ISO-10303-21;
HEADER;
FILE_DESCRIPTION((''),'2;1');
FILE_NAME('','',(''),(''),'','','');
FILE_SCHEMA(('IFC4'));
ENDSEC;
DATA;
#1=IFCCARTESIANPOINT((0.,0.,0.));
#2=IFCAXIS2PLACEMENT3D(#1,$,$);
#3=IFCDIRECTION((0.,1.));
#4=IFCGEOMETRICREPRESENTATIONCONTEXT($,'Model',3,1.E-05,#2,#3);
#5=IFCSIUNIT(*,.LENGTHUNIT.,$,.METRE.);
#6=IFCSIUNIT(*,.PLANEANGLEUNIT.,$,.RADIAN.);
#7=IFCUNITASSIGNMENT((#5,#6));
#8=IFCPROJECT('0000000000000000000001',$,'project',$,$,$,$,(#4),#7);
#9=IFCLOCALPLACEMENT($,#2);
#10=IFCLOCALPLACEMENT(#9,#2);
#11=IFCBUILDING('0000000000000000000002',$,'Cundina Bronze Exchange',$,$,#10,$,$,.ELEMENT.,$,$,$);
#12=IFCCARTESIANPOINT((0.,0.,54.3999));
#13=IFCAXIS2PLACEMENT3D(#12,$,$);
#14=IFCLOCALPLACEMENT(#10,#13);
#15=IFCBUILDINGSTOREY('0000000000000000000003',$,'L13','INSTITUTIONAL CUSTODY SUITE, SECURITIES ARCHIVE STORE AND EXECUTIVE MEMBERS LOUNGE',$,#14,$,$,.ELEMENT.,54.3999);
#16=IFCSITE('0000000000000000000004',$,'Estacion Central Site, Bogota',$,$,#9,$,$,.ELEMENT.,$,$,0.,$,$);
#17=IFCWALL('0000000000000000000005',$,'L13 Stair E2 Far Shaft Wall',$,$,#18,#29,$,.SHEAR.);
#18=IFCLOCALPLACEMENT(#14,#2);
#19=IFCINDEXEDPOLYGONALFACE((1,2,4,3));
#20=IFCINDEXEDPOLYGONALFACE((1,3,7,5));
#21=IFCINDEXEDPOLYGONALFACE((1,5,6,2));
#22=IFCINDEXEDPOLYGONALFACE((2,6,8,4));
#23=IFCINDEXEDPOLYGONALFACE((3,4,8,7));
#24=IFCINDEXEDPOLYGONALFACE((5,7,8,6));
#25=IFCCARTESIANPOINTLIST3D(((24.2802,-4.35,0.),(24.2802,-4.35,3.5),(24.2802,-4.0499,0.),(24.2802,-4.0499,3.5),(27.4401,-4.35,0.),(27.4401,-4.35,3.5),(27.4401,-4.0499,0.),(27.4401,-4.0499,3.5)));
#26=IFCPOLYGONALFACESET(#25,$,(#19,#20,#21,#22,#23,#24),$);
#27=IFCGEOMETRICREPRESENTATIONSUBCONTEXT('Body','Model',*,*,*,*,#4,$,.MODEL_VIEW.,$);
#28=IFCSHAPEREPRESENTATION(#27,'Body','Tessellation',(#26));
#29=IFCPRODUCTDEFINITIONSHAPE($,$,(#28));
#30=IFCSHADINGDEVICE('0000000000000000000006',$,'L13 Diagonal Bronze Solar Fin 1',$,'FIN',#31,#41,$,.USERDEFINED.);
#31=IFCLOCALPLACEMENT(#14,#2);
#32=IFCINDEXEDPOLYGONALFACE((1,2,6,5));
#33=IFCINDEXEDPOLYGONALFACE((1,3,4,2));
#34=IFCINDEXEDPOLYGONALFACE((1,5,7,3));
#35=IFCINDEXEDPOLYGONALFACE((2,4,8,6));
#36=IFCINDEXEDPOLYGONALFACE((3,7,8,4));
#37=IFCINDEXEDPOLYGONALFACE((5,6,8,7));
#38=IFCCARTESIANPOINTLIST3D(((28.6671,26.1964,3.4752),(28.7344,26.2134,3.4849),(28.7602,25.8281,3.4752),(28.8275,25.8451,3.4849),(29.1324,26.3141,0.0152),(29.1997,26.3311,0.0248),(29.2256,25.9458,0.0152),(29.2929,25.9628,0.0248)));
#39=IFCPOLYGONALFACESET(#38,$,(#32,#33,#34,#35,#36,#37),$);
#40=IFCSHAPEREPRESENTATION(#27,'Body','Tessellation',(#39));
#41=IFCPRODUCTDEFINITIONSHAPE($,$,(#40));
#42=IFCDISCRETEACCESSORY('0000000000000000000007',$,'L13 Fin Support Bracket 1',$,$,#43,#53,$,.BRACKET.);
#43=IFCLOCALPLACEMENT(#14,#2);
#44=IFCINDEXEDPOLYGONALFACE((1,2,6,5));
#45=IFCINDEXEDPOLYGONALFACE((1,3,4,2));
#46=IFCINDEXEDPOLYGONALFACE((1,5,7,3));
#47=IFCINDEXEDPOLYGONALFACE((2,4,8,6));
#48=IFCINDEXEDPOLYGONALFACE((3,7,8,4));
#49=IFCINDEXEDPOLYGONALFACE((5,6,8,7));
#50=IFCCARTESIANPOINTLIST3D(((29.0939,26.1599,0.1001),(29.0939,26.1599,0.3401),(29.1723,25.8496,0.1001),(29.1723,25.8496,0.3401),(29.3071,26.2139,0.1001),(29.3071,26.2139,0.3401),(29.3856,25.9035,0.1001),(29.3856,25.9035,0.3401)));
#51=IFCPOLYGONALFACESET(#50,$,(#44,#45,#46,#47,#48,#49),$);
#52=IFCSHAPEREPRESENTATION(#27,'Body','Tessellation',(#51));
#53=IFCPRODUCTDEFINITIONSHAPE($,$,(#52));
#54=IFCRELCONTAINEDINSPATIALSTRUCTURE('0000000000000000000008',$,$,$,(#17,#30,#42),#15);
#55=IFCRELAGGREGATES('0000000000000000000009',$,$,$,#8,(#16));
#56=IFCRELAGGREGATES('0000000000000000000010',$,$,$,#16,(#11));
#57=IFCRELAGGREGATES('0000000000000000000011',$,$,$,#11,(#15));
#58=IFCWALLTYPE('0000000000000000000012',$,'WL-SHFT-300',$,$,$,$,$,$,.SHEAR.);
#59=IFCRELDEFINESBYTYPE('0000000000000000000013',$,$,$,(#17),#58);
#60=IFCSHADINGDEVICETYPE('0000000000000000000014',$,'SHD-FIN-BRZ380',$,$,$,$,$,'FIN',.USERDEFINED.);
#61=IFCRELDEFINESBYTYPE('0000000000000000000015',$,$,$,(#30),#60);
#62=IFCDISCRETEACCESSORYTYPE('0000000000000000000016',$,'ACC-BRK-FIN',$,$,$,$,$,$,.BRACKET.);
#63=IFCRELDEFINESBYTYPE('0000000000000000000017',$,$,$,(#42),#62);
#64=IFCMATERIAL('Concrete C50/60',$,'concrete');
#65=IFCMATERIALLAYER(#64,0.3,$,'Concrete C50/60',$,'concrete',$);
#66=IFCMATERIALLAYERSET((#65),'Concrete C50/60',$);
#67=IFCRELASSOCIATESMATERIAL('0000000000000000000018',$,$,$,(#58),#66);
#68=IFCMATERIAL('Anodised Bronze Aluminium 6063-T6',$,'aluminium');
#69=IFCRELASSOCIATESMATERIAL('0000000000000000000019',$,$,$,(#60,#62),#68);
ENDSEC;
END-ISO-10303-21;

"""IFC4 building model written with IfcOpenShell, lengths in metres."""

from ifc_helpers import new_model, si_unit, direction, frame, frame_2d, origin, origin_2d, place, context, subcontext, project, spatial, rectangle, extrude, material, layer, layer_set, material_profile, profile_set, type_object, element, save


model = new_model("IFC4")

# Units and contexts
model_context = context("Model", 3, precision=1e-05, world=origin(), true_north=direction((0.0, 1.0)))
body_context = subcontext(model_context, "Body", "Model", "MODEL_VIEW")
ifc_project = project(units=[si_unit("LENGTHUNIT", "METRE"), si_unit("PLANEANGLEUNIT", "RADIAN")], contexts=[model_context])

# Site, building, storey
site_placement = place(None, origin())
site = spatial("IfcSite", under=ifc_project, at=site_placement, Name="Estacion Central Site, Bogota", CompositionType="ELEMENT", RefElevation=0.0)
building_placement = place(site_placement, origin())
building = spatial("IfcBuilding", under=site, at=building_placement, Name="Cundina Bronze Exchange", CompositionType="ELEMENT")
storey_placement = place(building_placement, frame((0.0, 0.0, 54.3999)))
storey = spatial("IfcBuildingStorey", under=building, at=storey_placement, Name="L13", Description="INSTITUTIONAL CUSTODY SUITE, SECURITIES ARCHIVE STORE AND EXECUTIVE MEMBERS LOUNGE", CompositionType="ELEMENT", Elevation=54.3999)

# Shared definitions
ifc_material_1 = material(Name="Anodised Bronze Aluminium 6063-T6", Category="aluminium")

# Shared definitions
ifc_material_2 = material(Name="Concrete C50/60", Category="concrete")
ifc_layer_1 = layer(ifc_material_2, 0.3, Name="Concrete C50/60", Category="concrete")
ifc_layer_set_1 = layer_set([ifc_layer_1], Name="Concrete C50/60")
wall_type_1 = type_object("IfcWallType", Name="WL-SHFT-300", PredefinedType="SHEAR", material=ifc_layer_set_1)

# Wall
wall_1_placement = place(storey_placement, frame((24.28, -4.2, 0.0), z_axis=(0.0, 0.0, 1.0), x_axis=(1.0, 0.0, 0.0)))
element("IfcWall", 1, at=wall_1_placement, inside=storey, type_object=wall_type_1, Name="L13 Stair E2 Far Shaft Wall", PredefinedType="SHEAR", context=body_context, shape_type="SweptSolid", body=[
    extrude(rectangle(XDim=3.1599, YDim=0.3, at=frame_2d((1.5801, 0.0))), origin(), (0.0, 0.0, 1.0), 3.5),
])

# Shading device
ifc_material_profile_1 = material_profile(ifc_material_1, rectangle(XDim=0.0701, YDim=0.3799, at=origin_2d()), Name="FIN70X380", Category="aluminium")
ifc_profile_set_1 = profile_set([ifc_material_profile_1], Name="Anodised Bronze Aluminium 6063-T6")
shading_device_type = type_object("IfcShadingDeviceType", Name="SHD-FIN-BRZ380", ElementType="FIN", PredefinedType="USERDEFINED", material=ifc_profile_set_1)
shading_device_placement = place(storey_placement, frame((29.2126, 26.1384, 0.02), z_axis=(-0.133215, -0.033688, 0.990514), x_axis=(0.960285, 0.242842, 0.137408)))
element("IfcShadingDevice", 2, at=shading_device_placement, inside=storey, type_object=shading_device_type, Name="L13 Diagonal Bronze Solar Fin 1", ObjectType="FIN", PredefinedType="USERDEFINED", context=body_context, shape_type="SweptSolid", body=[
    extrude(rectangle(XDim=0.0701, YDim=0.3799, at=origin_2d()), origin(), (0.0, 0.0, 1.0), 3.4932),
])

# Discrete accessory
discrete_accessory_type = type_object("IfcDiscreteAccessoryType", Name="ACC-BRK-FIN", PredefinedType="BRACKET", material=ifc_material_1)
discrete_accessory_placement = place(storey_placement, frame((29.2397, 26.0317, 0.1001), z_axis=(0.0, 0.0, 1.0), x_axis=(-0.969488, -0.245138, 0.0)))
element("IfcDiscreteAccessory", 3, at=discrete_accessory_placement, inside=storey, type_object=discrete_accessory_type, Name="L13 Fin Support Bracket 1", PredefinedType="BRACKET", context=body_context, shape_type="SweptSolid", body=[
    extrude(rectangle(XDim=0.22, YDim=0.3201, at=origin_2d()), origin(), (0.0, 0.0, 1.0), 0.24),
])

save(model, "model.ifc")
